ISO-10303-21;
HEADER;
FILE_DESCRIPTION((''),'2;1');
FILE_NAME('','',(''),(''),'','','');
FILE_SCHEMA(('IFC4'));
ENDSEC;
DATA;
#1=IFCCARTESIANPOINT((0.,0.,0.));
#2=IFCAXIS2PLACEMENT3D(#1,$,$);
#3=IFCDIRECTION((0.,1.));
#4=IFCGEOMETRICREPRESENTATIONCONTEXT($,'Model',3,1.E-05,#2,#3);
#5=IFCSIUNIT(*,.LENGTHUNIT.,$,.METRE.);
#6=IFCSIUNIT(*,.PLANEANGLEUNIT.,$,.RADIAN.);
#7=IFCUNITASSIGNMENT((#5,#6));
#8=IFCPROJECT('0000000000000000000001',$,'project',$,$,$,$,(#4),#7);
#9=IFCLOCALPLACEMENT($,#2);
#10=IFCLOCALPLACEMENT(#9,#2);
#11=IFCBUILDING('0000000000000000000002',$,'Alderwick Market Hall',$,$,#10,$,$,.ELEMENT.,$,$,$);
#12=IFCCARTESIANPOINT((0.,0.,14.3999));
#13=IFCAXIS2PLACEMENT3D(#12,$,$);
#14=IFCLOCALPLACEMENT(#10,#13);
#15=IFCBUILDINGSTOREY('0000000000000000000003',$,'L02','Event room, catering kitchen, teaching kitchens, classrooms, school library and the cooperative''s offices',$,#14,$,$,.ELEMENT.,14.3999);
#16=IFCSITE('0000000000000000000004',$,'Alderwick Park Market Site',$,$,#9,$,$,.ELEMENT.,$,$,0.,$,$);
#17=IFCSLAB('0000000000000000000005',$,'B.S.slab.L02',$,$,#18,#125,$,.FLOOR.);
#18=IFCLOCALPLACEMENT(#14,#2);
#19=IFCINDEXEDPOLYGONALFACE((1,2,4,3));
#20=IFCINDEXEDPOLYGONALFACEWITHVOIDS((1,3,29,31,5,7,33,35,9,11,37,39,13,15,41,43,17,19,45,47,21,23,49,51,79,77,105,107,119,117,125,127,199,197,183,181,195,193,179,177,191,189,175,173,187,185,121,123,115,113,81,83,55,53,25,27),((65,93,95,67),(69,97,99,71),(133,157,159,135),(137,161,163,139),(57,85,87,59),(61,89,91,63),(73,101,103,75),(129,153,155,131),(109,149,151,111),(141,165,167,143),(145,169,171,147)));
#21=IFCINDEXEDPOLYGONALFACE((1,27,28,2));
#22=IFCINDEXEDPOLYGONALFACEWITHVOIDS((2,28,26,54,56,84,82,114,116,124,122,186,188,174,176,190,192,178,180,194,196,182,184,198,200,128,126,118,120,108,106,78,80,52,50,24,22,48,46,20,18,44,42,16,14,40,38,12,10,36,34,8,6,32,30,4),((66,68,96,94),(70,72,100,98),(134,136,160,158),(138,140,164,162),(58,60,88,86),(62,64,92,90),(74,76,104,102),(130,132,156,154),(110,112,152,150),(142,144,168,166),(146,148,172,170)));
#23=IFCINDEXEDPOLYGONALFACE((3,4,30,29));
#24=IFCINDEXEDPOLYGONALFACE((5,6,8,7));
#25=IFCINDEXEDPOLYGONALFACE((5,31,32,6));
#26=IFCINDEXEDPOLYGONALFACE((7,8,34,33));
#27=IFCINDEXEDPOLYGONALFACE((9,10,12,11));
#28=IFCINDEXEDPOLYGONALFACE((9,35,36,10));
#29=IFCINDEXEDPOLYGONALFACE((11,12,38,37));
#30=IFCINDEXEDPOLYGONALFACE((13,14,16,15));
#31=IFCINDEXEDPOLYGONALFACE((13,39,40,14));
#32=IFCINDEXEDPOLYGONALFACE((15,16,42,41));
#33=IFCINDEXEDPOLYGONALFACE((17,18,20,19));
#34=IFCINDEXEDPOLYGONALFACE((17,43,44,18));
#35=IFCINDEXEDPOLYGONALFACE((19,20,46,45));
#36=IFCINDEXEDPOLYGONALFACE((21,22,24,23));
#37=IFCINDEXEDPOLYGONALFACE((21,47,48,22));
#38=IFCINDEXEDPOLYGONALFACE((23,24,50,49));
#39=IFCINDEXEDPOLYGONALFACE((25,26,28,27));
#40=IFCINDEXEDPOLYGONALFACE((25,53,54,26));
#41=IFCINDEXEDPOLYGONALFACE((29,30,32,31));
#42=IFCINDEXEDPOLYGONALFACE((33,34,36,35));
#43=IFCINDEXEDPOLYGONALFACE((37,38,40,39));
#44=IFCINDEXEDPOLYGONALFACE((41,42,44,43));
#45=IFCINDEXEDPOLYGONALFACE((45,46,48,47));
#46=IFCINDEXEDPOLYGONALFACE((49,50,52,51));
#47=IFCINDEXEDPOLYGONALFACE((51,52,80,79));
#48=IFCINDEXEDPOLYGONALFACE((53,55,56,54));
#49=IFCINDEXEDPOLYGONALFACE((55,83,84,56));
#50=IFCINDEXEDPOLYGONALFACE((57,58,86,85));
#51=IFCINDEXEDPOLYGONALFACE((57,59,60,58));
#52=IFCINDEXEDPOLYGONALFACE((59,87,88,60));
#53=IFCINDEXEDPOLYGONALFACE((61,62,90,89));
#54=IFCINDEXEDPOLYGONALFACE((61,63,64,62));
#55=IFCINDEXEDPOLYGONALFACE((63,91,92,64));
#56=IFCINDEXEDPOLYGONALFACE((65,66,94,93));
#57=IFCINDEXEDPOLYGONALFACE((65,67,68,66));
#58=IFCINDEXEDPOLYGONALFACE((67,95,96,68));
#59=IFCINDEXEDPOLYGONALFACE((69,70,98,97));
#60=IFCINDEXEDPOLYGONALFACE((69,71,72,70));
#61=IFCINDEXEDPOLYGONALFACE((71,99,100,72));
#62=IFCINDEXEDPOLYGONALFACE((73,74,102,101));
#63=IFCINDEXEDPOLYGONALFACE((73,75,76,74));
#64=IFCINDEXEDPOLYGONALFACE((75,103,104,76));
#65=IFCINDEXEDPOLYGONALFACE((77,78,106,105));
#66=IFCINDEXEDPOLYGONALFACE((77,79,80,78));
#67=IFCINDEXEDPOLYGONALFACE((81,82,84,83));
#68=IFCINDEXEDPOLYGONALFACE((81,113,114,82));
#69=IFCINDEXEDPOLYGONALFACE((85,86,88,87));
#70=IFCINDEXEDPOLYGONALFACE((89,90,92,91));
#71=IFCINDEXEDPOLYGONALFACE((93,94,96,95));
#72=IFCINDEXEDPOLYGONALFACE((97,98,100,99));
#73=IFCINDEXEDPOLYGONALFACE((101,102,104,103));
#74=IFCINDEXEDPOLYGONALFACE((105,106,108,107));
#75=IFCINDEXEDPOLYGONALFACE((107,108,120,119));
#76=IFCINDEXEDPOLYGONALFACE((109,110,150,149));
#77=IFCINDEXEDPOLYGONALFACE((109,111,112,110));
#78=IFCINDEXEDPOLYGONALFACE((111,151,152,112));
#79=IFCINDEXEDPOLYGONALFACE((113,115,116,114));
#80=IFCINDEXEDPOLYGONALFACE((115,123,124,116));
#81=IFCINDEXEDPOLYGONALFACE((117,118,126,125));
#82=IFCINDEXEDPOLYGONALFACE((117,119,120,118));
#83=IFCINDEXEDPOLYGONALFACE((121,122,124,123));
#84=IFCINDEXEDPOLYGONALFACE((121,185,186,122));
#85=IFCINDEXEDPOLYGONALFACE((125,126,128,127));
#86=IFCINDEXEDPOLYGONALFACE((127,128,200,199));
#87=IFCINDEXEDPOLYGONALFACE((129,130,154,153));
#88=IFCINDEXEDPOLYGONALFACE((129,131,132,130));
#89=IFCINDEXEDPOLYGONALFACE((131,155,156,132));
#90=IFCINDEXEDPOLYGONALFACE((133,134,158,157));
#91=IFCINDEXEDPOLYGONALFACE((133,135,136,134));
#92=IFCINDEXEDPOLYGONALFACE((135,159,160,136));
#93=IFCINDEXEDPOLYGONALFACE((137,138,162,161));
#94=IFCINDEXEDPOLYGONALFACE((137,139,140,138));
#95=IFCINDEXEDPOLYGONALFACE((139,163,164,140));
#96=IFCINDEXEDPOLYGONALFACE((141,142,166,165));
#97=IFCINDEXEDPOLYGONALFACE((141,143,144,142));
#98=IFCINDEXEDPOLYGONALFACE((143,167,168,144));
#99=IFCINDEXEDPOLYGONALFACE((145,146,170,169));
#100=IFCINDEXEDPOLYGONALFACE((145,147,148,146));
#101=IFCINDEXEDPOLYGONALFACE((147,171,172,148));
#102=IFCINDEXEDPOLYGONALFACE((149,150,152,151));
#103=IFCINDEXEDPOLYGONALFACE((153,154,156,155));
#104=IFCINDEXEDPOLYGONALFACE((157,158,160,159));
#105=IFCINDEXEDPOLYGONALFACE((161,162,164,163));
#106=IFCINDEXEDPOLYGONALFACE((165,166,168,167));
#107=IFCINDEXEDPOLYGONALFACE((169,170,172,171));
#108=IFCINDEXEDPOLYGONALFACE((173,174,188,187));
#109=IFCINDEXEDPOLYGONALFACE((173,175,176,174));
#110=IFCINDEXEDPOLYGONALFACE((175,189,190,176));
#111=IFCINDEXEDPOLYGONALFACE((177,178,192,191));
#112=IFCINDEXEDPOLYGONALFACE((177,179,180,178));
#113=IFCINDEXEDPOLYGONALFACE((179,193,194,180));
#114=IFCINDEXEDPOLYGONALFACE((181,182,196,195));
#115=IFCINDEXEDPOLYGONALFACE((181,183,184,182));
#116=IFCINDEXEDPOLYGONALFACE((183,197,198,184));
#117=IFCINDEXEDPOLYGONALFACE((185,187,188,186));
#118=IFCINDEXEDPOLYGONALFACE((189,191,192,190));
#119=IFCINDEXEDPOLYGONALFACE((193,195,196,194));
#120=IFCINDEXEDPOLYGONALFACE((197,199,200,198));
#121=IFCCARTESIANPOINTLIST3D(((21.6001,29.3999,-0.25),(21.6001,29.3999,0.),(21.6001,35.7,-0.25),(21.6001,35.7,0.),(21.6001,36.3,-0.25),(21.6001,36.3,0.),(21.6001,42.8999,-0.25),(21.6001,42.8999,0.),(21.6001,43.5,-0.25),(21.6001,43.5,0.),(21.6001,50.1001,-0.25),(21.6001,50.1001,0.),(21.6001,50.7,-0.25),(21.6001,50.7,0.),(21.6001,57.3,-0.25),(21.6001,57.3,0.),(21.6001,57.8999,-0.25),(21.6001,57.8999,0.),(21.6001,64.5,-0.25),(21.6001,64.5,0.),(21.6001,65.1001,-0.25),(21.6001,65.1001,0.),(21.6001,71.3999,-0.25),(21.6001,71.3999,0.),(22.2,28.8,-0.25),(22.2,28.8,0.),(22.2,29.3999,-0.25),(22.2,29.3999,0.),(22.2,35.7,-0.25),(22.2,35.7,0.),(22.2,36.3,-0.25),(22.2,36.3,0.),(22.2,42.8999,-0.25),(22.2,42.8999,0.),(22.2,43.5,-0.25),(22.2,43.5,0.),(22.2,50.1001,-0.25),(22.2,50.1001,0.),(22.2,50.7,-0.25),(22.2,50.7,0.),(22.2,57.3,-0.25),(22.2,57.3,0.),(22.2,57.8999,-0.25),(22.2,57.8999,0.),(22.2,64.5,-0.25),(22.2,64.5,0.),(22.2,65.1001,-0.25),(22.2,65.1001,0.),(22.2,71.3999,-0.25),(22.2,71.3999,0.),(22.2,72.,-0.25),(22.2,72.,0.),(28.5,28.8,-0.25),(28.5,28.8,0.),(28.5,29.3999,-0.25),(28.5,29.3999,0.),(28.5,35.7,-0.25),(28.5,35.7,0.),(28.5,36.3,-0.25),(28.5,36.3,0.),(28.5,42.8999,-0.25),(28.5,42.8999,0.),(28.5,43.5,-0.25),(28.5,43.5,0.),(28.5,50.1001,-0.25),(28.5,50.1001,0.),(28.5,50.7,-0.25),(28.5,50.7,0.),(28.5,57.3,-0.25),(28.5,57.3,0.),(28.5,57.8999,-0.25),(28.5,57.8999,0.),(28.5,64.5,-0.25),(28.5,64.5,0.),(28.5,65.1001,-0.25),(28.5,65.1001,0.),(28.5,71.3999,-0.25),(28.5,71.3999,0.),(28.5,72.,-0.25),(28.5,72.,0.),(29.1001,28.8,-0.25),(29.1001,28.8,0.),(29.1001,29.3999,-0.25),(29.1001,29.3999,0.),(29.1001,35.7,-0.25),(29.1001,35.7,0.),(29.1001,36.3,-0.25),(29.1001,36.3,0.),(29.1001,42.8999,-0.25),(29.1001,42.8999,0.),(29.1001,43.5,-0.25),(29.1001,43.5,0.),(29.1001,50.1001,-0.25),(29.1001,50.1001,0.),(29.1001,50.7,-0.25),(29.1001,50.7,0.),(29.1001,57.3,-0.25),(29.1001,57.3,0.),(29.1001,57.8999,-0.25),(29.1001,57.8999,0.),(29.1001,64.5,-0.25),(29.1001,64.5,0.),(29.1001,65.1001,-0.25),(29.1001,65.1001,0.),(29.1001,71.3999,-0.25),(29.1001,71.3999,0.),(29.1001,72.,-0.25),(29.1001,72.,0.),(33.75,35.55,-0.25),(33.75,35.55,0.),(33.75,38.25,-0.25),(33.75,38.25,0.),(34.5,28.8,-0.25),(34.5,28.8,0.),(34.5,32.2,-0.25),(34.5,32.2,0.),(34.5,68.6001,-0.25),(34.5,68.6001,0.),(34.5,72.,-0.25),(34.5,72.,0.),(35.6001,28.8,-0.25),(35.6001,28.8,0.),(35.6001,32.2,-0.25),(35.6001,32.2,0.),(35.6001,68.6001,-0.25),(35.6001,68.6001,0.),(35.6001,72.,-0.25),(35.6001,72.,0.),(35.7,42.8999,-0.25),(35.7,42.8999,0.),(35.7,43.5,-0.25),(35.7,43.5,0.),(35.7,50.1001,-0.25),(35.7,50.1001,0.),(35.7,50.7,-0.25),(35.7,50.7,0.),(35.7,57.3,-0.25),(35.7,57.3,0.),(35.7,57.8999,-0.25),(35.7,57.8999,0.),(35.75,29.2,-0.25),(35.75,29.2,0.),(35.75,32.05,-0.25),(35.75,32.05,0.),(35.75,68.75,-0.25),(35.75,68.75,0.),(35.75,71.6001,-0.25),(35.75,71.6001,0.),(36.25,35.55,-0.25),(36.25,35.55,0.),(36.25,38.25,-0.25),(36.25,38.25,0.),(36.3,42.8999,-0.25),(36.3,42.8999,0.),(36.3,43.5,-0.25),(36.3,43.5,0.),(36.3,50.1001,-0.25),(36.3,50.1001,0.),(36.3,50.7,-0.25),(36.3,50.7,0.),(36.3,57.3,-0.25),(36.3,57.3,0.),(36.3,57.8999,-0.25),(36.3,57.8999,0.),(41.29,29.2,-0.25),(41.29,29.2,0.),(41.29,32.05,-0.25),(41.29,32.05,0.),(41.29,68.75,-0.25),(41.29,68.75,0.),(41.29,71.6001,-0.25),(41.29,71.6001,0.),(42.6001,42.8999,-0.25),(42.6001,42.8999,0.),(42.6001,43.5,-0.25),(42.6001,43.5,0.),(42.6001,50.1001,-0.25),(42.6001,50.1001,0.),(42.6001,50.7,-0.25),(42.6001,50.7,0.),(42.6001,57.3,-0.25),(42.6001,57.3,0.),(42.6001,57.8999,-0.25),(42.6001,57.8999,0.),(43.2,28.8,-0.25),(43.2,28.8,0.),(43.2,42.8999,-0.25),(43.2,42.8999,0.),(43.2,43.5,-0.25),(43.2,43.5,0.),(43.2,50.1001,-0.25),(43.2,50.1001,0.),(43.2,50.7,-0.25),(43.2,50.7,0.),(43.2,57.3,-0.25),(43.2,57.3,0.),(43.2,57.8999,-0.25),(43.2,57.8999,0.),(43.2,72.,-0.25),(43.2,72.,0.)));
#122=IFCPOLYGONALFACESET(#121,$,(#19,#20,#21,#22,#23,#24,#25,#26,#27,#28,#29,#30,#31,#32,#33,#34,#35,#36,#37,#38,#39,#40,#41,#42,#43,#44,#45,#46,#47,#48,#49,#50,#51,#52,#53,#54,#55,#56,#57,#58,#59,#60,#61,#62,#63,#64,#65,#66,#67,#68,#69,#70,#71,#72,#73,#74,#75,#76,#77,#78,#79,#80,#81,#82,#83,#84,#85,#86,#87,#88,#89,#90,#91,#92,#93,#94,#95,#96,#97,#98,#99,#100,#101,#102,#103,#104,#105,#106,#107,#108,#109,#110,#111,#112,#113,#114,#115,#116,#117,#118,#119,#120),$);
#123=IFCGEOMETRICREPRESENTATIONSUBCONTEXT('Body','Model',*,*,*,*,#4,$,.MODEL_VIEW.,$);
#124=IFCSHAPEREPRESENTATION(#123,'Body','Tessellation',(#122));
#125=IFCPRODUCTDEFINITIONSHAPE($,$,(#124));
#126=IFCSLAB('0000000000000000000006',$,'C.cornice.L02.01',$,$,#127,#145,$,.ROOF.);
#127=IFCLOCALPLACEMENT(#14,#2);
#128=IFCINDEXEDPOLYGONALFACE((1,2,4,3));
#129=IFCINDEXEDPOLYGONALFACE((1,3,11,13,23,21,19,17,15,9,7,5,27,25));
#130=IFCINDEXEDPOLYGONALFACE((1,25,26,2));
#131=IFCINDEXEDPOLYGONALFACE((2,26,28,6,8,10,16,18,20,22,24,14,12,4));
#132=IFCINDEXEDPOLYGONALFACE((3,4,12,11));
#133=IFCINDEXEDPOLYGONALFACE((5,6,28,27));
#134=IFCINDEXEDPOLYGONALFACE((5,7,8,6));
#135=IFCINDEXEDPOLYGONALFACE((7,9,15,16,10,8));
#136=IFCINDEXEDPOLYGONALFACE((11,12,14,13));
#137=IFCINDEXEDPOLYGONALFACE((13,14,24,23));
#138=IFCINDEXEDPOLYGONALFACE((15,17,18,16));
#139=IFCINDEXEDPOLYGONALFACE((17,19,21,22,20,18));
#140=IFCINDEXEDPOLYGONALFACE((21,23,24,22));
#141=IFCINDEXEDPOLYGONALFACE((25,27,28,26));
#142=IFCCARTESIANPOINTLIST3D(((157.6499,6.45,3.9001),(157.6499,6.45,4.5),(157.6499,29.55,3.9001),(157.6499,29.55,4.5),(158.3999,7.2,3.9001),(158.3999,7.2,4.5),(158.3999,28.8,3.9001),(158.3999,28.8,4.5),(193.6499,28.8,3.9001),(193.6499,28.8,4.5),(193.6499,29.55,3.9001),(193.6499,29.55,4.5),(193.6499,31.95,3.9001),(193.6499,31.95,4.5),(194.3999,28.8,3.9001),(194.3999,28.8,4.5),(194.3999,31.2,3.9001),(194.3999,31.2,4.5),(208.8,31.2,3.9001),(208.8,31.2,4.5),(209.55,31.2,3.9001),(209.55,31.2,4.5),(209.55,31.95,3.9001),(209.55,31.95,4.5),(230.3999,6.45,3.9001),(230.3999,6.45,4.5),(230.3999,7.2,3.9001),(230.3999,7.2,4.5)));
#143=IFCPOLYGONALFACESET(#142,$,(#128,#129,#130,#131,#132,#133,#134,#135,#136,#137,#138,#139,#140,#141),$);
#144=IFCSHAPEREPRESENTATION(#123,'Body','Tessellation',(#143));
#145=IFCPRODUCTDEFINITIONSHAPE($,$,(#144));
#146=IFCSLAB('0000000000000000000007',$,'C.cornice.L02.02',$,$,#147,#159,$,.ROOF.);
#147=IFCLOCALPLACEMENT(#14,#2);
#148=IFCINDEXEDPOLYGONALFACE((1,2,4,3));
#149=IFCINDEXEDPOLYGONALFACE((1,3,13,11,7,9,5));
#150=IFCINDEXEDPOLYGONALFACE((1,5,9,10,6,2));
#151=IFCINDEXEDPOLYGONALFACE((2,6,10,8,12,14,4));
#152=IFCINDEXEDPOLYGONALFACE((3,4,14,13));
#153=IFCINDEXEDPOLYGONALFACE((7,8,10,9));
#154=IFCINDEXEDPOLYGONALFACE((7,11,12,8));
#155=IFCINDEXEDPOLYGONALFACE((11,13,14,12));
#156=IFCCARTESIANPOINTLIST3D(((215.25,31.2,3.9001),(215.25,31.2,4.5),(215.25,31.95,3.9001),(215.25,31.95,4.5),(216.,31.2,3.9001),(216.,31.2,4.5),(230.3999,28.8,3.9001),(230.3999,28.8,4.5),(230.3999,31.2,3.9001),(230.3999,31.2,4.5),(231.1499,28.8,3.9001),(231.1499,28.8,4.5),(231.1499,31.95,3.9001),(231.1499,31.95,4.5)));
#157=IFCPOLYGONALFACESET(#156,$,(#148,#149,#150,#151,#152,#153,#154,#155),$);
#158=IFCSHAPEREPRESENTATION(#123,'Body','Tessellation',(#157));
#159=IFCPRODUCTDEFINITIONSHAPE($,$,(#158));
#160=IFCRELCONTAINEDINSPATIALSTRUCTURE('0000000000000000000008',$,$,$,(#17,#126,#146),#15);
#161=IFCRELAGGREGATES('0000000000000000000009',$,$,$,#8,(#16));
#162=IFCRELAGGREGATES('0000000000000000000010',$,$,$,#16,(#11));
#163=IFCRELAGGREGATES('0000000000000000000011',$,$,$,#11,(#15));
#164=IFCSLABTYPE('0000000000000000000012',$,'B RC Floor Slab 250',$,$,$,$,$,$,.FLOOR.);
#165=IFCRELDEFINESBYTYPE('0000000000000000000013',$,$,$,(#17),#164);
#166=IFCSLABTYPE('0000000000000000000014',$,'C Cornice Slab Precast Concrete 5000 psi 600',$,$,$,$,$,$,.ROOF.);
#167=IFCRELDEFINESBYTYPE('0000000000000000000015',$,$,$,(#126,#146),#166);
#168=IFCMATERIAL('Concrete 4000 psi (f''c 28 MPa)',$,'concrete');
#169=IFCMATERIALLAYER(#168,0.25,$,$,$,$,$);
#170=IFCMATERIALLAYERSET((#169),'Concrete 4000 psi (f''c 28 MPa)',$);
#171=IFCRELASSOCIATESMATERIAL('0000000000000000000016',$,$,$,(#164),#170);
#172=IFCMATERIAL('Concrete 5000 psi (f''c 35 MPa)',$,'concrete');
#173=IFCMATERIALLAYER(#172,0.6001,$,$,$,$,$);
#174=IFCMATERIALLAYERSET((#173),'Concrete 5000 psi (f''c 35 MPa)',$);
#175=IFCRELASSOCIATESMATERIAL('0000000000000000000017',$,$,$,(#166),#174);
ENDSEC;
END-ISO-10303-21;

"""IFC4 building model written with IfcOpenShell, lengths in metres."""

from ifc_helpers import new_model, si_unit, direction, frame, origin, place, context, subcontext, project, spatial, polyline, outline, extrude, material, layer, layer_set, type_object, element, save


model = new_model("IFC4")

# Units and contexts
model_context = context("Model", 3, precision=1e-05, world=origin(), true_north=direction((0.0, 1.0)))
body_context = subcontext(model_context, "Body", "Model", "MODEL_VIEW")
ifc_project = project(units=[si_unit("LENGTHUNIT", "METRE"), si_unit("PLANEANGLEUNIT", "RADIAN")], contexts=[model_context])

# Site, building, storey
site_placement = place(None, origin())
site = spatial("IfcSite", under=ifc_project, at=site_placement, Name="Alderwick Park Market Site", CompositionType="ELEMENT", RefElevation=0.0)
building_placement = place(site_placement, origin())
building = spatial("IfcBuilding", under=site, at=building_placement, Name="Alderwick Market Hall", CompositionType="ELEMENT")
storey_placement = place(building_placement, frame((0.0, 0.0, 14.3999)))
storey = spatial("IfcBuildingStorey", under=building, at=storey_placement, Name="L02", Description="Event room, catering kitchen, teaching kitchens, classrooms, school library and the cooperative's offices", CompositionType="ELEMENT", Elevation=14.3999)

# Slabs
ifc_material_1 = material(Name="Concrete 4000 psi (f'c 28 MPa)", Category="concrete")
ifc_layer_1 = layer(ifc_material_1, 0.25)
ifc_layer_set_1 = layer_set([ifc_layer_1], Name="Concrete 4000 psi (f'c 28 MPa)")
slab_type_1 = type_object("IfcSlabType", Name="B RC Floor Slab 250", PredefinedType="FLOOR", material=ifc_layer_set_1)
slab_1_placement = place(storey_placement, frame((0.0, 0.0, -0.25)))
element("IfcSlab", 1, at=slab_1_placement, inside=storey, type_object=slab_type_1, Name="B.S.slab.L02", PredefinedType="FLOOR", context=body_context, shape_type="SweptSolid", body=[
    extrude(outline(polyline([(22.2, 65.1001), (21.6001, 65.1001), (21.6001, 71.3999), (22.2, 71.3999), (22.2, 72.0), (28.5, 72.0), (28.5, 71.3999), (29.1001, 71.3999), (29.1001, 72.0), (34.5, 72.0), (34.5, 68.6001), (35.6001, 68.6001), (35.6001, 72.0), (43.2, 72.0), (43.2, 57.8999), (42.6001, 57.8999), (42.6001, 57.3), (43.2, 57.3), (43.2, 50.7), (42.6001, 50.7), (42.6001, 50.1001), (43.2, 50.1001), (43.2, 43.5), (42.6001, 43.5), (42.6001, 42.8999), (43.2, 42.8999), (43.2, 28.8), (35.6001, 28.8), (35.6001, 32.2), (34.5, 32.2), (34.5, 28.8), (29.1001, 28.8), (29.1001, 29.3999), (28.5, 29.3999), (28.5, 28.8), (22.2, 28.8), (22.2, 29.3999), (21.6001, 29.3999), (21.6001, 35.7), (22.2, 35.7), (22.2, 36.3), (21.6001, 36.3), (21.6001, 42.8999), (22.2, 42.8999), (22.2, 43.5), (21.6001, 43.5), (21.6001, 50.1001), (22.2, 50.1001), (22.2, 50.7), (21.6001, 50.7), (21.6001, 57.3), (22.2, 57.3), (22.2, 57.8999), (21.6001, 57.8999), (21.6001, 64.5), (22.2, 64.5), (22.2, 65.1001)]), holes=[polyline([(29.1001, 36.3), (28.5, 36.3), (28.5, 35.7), (29.1001, 35.7), (29.1001, 36.3)]), polyline([(29.1001, 42.8999), (29.1001, 43.5), (28.5, 43.5), (28.5, 42.8999), (29.1001, 42.8999)]), polyline([(28.5, 50.1001), (29.1001, 50.1001), (29.1001, 50.7), (28.5, 50.7), (28.5, 50.1001)]), polyline([(28.5, 57.8999), (28.5, 57.3), (29.1001, 57.3), (29.1001, 57.8999), (28.5, 57.8999)]), polyline([(29.1001, 65.1001), (28.5, 65.1001), (28.5, 64.5), (29.1001, 64.5), (29.1001, 65.1001)]), polyline([(35.7, 42.8999), (36.3, 42.8999), (36.3, 43.5), (35.7, 43.5), (35.7, 42.8999)]), polyline([(35.7, 50.7), (35.7, 50.1001), (36.3, 50.1001), (36.3, 50.7), (35.7, 50.7)]), polyline([(36.3, 57.8999), (35.7, 57.8999), (35.7, 57.3), (36.3, 57.3), (36.3, 57.8999)]), polyline([(41.29, 32.05), (35.75, 32.05), (35.75, 29.2), (41.29, 29.2), (41.29, 32.05)]), polyline([(36.25, 35.55), (36.25, 38.25), (33.75, 38.25), (33.75, 35.55), (36.25, 35.55)]), polyline([(35.75, 71.6001), (35.75, 68.75), (41.29, 68.75), (41.29, 71.6001), (35.75, 71.6001)])]), origin(), (0.0, 0.0, 1.0), 0.25),
])
ifc_material_2 = material(Name="Concrete 5000 psi (f'c 35 MPa)", Category="concrete")
ifc_layer_2 = layer(ifc_material_2, 0.6001)
ifc_layer_set_2 = layer_set([ifc_layer_2], Name="Concrete 5000 psi (f'c 35 MPa)")
slab_type_2 = type_object("IfcSlabType", Name="C Cornice Slab Precast Concrete 5000 psi 600", PredefinedType="ROOF", material=ifc_layer_set_2)
slab_2_placement = place(storey_placement, frame((0.0, 0.0, 3.9001)))
element("IfcSlab", 2, at=slab_2_placement, inside=storey, type_object=slab_type_2, Name="C.cornice.L02.01", PredefinedType="ROOF", context=body_context, shape_type="SweptSolid", body=[
    extrude(outline(polyline([(193.6499, 31.95), (193.6499, 29.55), (157.6499, 29.55), (157.6499, 6.45), (230.3999, 6.45), (230.3999, 7.2), (158.3999, 7.2), (158.3999, 28.8), (193.6499, 28.8), (194.3999, 28.8), (194.3999, 31.2), (208.8, 31.2), (209.55, 31.2), (209.55, 31.95), (193.6499, 31.95)])), origin(), (0.0, 0.0, 1.0), 0.5999),
])
slab_3_placement = place(storey_placement, frame((0.0, 0.0, 3.9001)))
element("IfcSlab", 3, at=slab_3_placement, inside=storey, type_object=slab_type_2, Name="C.cornice.L02.02", PredefinedType="ROOF", context=body_context, shape_type="SweptSolid", body=[
    extrude(outline(polyline([(215.25, 31.2), (216.0, 31.2), (230.3999, 31.2), (230.3999, 28.8), (231.1499, 28.8), (231.1499, 31.95), (215.25, 31.95), (215.25, 31.2)])), origin(), (0.0, 0.0, 1.0), 0.5999),
])

save(model, "model.ifc")
